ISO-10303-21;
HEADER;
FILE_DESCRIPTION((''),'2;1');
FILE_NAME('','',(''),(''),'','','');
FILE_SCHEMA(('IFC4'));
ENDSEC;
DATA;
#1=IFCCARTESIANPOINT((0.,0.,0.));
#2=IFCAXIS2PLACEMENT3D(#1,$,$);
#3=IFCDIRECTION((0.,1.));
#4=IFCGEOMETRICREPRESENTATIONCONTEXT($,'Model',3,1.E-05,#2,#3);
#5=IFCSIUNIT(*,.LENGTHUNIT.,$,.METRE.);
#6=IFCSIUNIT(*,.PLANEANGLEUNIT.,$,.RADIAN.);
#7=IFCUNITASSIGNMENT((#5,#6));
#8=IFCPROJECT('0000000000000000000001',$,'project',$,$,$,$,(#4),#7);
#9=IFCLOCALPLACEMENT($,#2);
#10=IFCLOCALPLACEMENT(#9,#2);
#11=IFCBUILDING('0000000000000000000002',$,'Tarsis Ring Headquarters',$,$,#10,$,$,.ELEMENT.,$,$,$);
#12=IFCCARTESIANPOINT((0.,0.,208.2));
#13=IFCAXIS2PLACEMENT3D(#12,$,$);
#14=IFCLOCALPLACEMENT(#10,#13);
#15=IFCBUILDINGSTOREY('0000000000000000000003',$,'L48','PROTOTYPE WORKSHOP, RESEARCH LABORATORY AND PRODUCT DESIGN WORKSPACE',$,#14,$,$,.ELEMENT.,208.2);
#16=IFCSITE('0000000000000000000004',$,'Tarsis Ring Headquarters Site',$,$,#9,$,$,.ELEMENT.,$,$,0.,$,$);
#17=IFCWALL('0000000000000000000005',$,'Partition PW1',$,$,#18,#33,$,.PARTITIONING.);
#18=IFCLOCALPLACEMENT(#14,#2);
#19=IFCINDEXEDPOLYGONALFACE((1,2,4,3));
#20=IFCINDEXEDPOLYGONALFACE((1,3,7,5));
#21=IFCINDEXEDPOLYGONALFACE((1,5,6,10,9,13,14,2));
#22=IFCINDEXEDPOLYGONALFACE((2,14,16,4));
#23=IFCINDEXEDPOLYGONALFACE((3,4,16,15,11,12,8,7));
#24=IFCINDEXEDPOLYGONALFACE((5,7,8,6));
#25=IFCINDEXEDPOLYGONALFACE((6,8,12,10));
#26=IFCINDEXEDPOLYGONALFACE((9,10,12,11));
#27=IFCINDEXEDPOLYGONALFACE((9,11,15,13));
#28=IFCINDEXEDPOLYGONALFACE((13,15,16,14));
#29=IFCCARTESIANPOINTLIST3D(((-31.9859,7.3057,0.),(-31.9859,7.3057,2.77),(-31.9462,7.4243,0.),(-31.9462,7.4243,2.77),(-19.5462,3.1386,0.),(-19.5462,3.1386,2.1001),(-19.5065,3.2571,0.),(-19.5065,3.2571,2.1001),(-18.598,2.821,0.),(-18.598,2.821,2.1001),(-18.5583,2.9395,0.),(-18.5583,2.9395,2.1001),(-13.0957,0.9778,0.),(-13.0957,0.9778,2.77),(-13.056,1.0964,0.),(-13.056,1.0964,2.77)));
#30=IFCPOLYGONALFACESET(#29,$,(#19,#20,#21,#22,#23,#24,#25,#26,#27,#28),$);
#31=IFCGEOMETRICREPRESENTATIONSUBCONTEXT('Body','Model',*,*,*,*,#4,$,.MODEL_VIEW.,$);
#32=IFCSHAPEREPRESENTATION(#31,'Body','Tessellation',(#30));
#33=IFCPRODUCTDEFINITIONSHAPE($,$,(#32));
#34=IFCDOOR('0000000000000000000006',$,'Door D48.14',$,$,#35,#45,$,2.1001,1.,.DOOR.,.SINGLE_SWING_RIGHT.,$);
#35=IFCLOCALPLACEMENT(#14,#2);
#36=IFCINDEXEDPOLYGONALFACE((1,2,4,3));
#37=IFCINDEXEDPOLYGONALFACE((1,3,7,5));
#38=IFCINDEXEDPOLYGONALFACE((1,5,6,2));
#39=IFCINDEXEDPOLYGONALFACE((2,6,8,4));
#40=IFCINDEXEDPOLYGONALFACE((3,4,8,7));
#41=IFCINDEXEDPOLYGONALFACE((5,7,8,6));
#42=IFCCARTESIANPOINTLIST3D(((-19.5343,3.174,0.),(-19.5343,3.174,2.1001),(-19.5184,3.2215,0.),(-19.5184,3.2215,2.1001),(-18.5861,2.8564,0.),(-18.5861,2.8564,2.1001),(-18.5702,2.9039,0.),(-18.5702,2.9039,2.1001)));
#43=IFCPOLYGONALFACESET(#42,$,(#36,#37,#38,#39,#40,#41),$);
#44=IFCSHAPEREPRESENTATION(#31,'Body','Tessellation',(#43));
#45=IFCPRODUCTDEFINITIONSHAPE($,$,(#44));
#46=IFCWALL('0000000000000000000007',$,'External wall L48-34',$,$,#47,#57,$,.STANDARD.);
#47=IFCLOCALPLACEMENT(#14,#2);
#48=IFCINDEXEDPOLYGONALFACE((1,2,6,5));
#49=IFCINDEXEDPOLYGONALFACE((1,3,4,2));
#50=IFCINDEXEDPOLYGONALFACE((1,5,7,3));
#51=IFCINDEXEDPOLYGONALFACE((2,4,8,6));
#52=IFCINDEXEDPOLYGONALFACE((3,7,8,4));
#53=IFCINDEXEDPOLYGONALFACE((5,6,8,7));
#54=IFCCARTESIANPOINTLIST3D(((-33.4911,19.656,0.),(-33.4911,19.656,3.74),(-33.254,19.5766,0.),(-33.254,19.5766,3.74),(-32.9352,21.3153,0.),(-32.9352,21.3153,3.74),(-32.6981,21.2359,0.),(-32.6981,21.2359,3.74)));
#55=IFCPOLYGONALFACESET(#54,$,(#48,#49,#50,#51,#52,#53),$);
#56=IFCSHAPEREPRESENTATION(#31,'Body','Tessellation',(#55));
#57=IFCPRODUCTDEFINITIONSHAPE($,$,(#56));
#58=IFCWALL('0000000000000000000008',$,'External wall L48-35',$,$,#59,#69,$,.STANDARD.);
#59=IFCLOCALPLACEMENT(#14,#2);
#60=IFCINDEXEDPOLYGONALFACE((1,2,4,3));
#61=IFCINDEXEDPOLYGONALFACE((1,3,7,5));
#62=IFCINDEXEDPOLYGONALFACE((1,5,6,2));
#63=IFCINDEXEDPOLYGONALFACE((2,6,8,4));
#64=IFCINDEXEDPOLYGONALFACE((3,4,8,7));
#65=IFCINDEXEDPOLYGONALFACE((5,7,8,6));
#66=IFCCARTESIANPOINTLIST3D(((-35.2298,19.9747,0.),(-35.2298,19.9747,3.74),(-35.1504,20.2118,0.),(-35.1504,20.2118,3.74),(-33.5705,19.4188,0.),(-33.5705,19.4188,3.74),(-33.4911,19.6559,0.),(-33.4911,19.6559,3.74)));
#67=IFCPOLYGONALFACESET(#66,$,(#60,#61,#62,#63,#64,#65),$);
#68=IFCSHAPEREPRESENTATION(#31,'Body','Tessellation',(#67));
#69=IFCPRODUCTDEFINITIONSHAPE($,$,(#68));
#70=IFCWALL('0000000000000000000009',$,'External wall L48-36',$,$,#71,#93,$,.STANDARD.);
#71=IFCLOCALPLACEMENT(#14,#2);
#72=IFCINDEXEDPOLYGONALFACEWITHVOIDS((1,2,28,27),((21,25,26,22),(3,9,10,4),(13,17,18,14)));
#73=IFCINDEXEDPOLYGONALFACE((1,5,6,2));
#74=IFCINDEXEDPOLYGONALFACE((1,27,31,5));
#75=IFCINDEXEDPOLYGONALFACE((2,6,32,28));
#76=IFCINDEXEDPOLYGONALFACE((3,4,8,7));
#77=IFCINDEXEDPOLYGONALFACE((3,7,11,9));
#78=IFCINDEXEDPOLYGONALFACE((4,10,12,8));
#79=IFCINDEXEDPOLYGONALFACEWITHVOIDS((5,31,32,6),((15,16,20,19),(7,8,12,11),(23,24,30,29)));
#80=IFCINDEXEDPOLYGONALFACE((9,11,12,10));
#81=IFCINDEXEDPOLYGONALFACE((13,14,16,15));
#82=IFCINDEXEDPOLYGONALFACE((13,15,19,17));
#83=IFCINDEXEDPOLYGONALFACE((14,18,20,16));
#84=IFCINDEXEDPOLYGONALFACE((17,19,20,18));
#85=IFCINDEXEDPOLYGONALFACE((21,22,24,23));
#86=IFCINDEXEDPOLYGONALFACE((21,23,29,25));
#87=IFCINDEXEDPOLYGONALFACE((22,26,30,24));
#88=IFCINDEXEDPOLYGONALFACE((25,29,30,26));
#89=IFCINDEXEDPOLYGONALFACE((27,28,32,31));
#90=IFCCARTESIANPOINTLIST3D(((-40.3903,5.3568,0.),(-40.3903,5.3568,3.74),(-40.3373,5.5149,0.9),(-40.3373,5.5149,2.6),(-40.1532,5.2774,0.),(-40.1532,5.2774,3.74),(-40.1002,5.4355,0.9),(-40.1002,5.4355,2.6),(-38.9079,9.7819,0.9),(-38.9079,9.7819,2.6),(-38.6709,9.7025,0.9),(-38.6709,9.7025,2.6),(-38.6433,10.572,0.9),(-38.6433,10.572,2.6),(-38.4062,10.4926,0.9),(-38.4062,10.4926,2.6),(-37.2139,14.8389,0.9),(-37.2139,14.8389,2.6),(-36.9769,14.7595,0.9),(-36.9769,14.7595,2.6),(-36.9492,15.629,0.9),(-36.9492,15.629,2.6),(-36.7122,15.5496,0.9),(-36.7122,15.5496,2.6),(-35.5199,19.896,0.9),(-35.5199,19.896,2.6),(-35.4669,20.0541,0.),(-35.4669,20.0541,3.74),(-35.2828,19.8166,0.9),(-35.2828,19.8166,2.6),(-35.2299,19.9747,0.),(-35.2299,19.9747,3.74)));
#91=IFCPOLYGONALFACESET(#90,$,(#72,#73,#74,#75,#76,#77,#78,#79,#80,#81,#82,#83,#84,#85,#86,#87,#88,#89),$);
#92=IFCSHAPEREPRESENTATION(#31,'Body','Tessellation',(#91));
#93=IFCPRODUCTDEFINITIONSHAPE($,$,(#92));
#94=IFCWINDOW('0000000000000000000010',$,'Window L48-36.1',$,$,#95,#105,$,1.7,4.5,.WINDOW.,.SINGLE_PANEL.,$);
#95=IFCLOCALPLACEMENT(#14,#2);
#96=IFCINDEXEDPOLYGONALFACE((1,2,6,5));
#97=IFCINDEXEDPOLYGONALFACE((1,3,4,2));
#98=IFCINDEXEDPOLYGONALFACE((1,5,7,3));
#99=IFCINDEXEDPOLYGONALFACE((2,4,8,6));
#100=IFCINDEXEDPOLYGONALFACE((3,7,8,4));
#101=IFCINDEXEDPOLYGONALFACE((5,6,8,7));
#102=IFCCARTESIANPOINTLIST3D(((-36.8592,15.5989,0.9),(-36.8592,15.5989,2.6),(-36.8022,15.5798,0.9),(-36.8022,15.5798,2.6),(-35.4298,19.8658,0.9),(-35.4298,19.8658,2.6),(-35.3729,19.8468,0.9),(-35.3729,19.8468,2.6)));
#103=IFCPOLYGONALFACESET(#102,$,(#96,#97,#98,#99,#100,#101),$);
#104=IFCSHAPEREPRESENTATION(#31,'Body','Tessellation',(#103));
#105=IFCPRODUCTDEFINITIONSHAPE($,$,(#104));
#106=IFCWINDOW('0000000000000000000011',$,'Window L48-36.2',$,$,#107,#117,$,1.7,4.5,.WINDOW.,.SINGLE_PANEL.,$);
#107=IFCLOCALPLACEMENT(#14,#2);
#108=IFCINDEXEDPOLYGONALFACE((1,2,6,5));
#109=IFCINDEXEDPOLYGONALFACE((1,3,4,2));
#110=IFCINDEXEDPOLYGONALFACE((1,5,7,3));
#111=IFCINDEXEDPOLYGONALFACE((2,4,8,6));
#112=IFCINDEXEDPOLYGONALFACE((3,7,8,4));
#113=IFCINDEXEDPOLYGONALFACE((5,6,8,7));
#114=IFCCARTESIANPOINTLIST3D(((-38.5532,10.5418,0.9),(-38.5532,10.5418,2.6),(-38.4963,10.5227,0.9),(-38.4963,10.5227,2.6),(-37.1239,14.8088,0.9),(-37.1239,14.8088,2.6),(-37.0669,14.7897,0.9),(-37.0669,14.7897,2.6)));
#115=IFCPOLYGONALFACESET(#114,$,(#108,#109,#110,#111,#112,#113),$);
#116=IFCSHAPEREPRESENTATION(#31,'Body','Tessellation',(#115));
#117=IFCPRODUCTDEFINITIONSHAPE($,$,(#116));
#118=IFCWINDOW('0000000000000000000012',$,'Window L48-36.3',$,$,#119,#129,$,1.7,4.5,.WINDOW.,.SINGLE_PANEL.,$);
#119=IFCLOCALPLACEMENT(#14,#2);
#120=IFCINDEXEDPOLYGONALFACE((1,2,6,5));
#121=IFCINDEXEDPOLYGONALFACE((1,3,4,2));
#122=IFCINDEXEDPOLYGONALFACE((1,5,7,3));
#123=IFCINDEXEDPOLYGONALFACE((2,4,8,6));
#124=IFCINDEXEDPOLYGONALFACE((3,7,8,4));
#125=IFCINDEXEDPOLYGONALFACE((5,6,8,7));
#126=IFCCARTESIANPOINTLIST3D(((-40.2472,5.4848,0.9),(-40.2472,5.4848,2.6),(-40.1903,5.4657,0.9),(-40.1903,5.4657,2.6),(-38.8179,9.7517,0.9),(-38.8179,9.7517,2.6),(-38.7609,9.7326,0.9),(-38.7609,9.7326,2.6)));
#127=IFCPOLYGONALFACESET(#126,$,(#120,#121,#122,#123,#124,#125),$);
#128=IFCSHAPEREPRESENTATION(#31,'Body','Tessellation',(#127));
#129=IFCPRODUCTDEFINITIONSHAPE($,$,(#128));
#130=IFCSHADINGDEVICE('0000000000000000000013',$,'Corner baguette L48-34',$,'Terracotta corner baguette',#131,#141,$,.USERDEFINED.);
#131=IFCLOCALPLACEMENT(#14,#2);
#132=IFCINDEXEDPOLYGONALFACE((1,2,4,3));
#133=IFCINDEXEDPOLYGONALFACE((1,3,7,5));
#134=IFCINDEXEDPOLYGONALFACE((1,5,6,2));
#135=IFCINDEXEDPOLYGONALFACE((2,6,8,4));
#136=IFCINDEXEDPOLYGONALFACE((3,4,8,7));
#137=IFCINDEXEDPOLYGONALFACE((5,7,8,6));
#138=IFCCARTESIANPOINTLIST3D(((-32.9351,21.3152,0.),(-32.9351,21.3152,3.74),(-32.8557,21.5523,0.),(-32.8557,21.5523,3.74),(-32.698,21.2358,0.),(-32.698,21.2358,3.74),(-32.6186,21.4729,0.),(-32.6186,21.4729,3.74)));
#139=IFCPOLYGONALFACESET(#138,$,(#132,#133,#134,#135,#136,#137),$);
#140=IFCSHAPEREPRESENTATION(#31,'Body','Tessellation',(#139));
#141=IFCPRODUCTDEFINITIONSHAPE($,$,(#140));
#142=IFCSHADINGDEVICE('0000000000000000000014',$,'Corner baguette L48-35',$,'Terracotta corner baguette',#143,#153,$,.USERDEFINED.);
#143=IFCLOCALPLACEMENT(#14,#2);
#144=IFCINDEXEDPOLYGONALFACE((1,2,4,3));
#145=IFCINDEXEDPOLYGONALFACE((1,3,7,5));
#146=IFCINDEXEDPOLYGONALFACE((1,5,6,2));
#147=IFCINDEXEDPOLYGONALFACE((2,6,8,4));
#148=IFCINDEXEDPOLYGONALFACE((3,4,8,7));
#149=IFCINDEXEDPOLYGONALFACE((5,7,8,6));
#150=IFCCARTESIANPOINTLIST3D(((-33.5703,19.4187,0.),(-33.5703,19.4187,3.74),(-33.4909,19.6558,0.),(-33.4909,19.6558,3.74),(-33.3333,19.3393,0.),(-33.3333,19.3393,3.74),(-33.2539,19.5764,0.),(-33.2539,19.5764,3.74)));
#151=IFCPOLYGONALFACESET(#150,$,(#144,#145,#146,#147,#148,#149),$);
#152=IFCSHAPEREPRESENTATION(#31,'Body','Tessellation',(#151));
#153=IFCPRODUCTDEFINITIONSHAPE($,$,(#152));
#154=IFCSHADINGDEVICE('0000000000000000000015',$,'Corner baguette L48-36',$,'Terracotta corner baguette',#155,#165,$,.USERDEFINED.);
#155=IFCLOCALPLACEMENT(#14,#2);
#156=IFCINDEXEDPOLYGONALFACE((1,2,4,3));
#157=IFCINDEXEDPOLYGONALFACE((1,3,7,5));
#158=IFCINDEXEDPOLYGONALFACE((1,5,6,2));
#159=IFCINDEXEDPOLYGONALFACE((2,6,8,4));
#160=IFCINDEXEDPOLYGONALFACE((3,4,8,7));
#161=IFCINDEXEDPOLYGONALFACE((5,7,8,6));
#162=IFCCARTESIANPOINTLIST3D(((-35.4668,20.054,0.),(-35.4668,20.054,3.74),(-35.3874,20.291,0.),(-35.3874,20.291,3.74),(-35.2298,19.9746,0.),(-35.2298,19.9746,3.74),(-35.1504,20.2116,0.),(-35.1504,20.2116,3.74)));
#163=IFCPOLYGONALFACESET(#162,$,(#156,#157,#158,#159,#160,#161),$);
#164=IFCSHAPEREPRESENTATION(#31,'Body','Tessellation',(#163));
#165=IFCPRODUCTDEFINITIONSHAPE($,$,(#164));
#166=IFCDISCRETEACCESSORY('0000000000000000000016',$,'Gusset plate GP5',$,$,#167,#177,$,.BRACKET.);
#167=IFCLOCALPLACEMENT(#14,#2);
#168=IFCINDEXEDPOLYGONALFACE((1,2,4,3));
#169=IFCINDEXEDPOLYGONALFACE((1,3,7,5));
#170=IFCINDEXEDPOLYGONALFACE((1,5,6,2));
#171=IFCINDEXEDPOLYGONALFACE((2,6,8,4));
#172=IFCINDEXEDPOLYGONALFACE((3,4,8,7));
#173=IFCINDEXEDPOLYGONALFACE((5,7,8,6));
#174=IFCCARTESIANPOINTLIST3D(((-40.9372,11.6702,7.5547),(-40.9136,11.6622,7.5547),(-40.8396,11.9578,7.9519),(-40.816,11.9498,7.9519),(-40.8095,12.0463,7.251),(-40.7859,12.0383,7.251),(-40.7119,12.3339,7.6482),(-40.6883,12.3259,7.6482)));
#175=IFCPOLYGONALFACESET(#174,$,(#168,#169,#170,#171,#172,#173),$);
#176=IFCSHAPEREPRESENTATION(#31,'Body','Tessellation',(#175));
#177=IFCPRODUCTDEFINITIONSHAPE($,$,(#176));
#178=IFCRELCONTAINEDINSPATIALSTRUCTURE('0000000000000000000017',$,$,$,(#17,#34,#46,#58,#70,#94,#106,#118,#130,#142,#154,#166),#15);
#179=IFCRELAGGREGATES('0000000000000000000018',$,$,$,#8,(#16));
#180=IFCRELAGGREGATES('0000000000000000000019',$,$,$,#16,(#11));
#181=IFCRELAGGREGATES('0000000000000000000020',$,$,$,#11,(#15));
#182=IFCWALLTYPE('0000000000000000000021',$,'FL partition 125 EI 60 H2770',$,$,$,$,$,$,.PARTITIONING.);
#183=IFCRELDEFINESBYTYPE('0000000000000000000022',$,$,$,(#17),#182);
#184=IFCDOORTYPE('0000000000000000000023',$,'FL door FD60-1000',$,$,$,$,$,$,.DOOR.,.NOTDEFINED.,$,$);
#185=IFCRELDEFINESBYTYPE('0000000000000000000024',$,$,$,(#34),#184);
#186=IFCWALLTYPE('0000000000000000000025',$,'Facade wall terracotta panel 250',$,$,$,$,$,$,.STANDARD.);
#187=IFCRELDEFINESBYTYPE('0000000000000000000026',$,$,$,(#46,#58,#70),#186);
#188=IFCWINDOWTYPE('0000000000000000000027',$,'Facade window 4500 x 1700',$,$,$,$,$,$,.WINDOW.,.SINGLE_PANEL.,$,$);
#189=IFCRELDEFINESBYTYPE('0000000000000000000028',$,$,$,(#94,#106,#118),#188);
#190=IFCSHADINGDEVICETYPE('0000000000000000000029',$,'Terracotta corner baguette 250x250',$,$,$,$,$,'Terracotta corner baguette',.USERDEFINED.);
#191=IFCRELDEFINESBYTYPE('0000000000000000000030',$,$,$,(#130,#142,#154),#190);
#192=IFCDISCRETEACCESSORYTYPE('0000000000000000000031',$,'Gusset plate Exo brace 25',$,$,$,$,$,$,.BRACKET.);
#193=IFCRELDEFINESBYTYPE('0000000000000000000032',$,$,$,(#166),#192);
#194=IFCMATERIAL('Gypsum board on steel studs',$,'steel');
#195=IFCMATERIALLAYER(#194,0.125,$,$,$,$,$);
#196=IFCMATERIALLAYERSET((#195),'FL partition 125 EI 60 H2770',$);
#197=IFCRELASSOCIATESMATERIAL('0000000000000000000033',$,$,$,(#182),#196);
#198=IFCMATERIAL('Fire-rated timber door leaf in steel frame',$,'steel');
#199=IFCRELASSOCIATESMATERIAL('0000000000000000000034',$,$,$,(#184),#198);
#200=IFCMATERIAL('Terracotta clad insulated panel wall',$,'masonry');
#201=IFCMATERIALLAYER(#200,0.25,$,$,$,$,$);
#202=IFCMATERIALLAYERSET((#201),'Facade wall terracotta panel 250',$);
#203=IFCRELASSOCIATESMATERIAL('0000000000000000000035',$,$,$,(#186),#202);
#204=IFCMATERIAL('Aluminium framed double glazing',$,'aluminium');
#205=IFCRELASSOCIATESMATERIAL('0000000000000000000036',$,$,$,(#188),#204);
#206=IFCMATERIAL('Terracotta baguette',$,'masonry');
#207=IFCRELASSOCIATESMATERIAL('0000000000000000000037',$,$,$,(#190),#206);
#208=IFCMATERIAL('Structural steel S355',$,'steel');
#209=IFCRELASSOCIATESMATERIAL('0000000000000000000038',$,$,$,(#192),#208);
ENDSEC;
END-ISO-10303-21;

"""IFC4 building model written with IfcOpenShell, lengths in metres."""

from ifc_helpers import new_model, si_unit, direction, frame, frame_2d, origin, origin_2d, place, context, subcontext, project, spatial, rectangle, extrude, material, layer, layer_set, material_profile, profile_set, type_object, element, fill, save


model = new_model("IFC4")

# Units and contexts
model_context = context("Model", 3, precision=1e-05, world=origin(), true_north=direction((0.0, 1.0)))
body_context = subcontext(model_context, "Body", "Model", "MODEL_VIEW")
ifc_project = project(units=[si_unit("LENGTHUNIT", "METRE"), si_unit("PLANEANGLEUNIT", "RADIAN")], contexts=[model_context])

# Site, building, storey
site_placement = place(None, origin())
site = spatial("IfcSite", under=ifc_project, at=site_placement, Name="Tarsis Ring Headquarters Site", CompositionType="ELEMENT", RefElevation=0.0)
building_placement = place(site_placement, origin())
building = spatial("IfcBuilding", under=site, at=building_placement, Name="Tarsis Ring Headquarters", CompositionType="ELEMENT")
storey_placement = place(building_placement, frame((0.0, 0.0, 208.2)))
storey = spatial("IfcBuildingStorey", under=building, at=storey_placement, Name="L48", Description="PROTOTYPE WORKSHOP, RESEARCH LABORATORY AND PRODUCT DESIGN WORKSPACE", CompositionType="ELEMENT", Elevation=208.2)

# Shared definitions
ifc_material_1 = material(Name="Structural steel S355", Category="steel")

# Shared definitions
ifc_material_2 = material(Name="Gypsum board on steel studs", Category="steel")

# Wall, opening, door
ifc_layer_1 = layer(ifc_material_2, 0.125)
ifc_layer_set_1 = layer_set([ifc_layer_1], Name="FL partition 125 EI 60 H2770")
wall_type_1 = type_object("IfcWallType", Name="FL partition 125 EI 60 H2770", PredefinedType="PARTITIONING", material=ifc_layer_set_1)
wall_1_placement = place(storey_placement, frame((-31.9661, 7.365, 0.0), z_axis=(0.0, 0.0, 1.0), x_axis=(0.948213, -0.317636, 0.0)))
wall_1 = element("IfcWall", 1, at=wall_1_placement, inside=storey, type_object=wall_type_1, Name="Partition PW1", PredefinedType="PARTITIONING", context=body_context, shape_type="SweptSolid", body=[
    extrude(rectangle(XDim=19.9219, YDim=0.125, at=frame_2d((9.9609, 0.0))), origin(), (0.0, 0.0, 1.0), 2.77),
])
opening_1_placement = place(wall_1_placement, frame((13.1191, 0.0, 0.0)))
opening_1 = element("IfcOpeningElement", 2, at=opening_1_placement, cuts=wall_1, PredefinedType="OPENING", context=body_context, shape_type="SweptSolid", body=[
    extrude(rectangle(XDim=1.0, YDim=2.1001, at=frame_2d((0.5, 1.05))), frame((0.0, 0.0725, 0.0), z_axis=(0.0, -1.0, 0.0), x_axis=(1.0, 0.0, 0.0)), (0.0, 0.0, 1.0), 0.145),
])
ifc_material_3 = material(Name="Fire-rated timber door leaf in steel frame", Category="steel")
door_type = type_object("IfcDoorType", Name="FL door FD60-1000", OperationType="NOTDEFINED", PredefinedType="DOOR", material=ifc_material_3)
door_placement = place(opening_1_placement, origin())
door = element("IfcDoor", 3, at=door_placement, inside=storey, type_object=door_type, Name="Door D48.14", OperationType="SINGLE_SWING_RIGHT", OverallHeight=2.1001, OverallWidth=1.0, PredefinedType="DOOR", context=body_context, shape_type="SweptSolid", body=[
    extrude(rectangle(XDim=1.0, YDim=2.1001, at=frame_2d((0.5, 1.05))), frame((0.0, 0.0249, 0.0), z_axis=(0.0, -1.0, 0.0), x_axis=(1.0, 0.0, 0.0)), (0.0, 0.0, 1.0), 0.05),
])
fill(opening_1, door)

# Walls
ifc_material_4 = material(Name="Terracotta clad insulated panel wall", Category="masonry")
ifc_layer_2 = layer(ifc_material_4, 0.25)
ifc_layer_set_2 = layer_set([ifc_layer_2], Name="Facade wall terracotta panel 250")
wall_type_2 = type_object("IfcWallType", Name="Facade wall terracotta panel 250", PredefinedType="STANDARD", material=ifc_layer_set_2)
for number, where, z_axis, x_axis, name in (
    (4, (-32.8167, 21.2756, 0.0), (0.0, 0.0, 1.0), (-0.31765, -0.948208, 0.0), "External wall L48-34"),
    (5, (-33.5308, 19.5374, 0.0), (0.0, 0.0, 1.0), (-0.948208, 0.31765, 0.0), "External wall L48-35"),
):
    element("IfcWall", number, at=place(storey_placement, frame(where, z_axis=z_axis, x_axis=x_axis)), inside=storey, type_object=wall_type_2, Name=name, PredefinedType="STANDARD", context=body_context, shape_type="SweptSolid", body=[
        extrude(rectangle(XDim=1.75, YDim=0.25, at=frame_2d((0.875, 0.0))), origin(), (0.0, 0.0, 1.0), 3.74),
    ])

# Wall, openings, windows
wall_2_placement = place(storey_placement, frame((-35.3484, 20.0144, 0.0), z_axis=(0.0, 0.0, 1.0), x_axis=(-0.317636, -0.948213, 0.0)))
wall_2 = element("IfcWall", 6, at=wall_2_placement, inside=storey, type_object=wall_type_2, Name="External wall L48-36", PredefinedType="STANDARD", context=body_context, shape_type="SweptSolid", body=[
    extrude(rectangle(XDim=15.5, YDim=0.25, at=frame_2d((7.75, 0.0))), origin(), (0.0, 0.0, 1.0), 3.74),
])
opening_2_placement = place(wall_2_placement, frame((0.1667, 0.0, 0.8999)))
opening_2 = element("IfcOpeningElement", 7, at=opening_2_placement, cuts=wall_2, PredefinedType="OPENING", context=body_context, shape_type="SweptSolid", body=[
    extrude(rectangle(XDim=4.5, YDim=1.7, at=frame_2d((2.25, 0.8501))), frame((0.0, 0.135, 0.0), z_axis=(0.0, -1.0, 0.0), x_axis=(1.0, 0.0, 0.0)), (0.0, 0.0, 1.0), 0.27),
])
opening_3_placement = place(wall_2_placement, frame((5.5, 0.0, 0.8999)))
opening_3 = element("IfcOpeningElement", 8, at=opening_3_placement, cuts=wall_2, PredefinedType="OPENING", context=body_context, shape_type="SweptSolid", body=[
    extrude(rectangle(XDim=4.5, YDim=1.7, at=frame_2d((2.25, 0.8501))), frame((0.0, 0.135, 0.0), z_axis=(0.0, -1.0, 0.0), x_axis=(1.0, 0.0, 0.0)), (0.0, 0.0, 1.0), 0.27),
])
opening_4_placement = place(wall_2_placement, frame((10.8333, 0.0, 0.8999)))
opening_4 = element("IfcOpeningElement", 9, at=opening_4_placement, cuts=wall_2, PredefinedType="OPENING", context=body_context, shape_type="SweptSolid", body=[
    extrude(rectangle(XDim=4.5, YDim=1.7, at=frame_2d((2.25, 0.8501))), frame((0.0, 0.135, 0.0), z_axis=(0.0, -1.0, 0.0), x_axis=(1.0, 0.0, 0.0)), (0.0, 0.0, 1.0), 0.27),
])
ifc_material_5 = material(Name="Aluminium framed double glazing", Category="aluminium")
window_type = type_object("IfcWindowType", Name="Facade window 4500 x 1700", PartitioningType="SINGLE_PANEL", PredefinedType="WINDOW", material=ifc_material_5)
window_1_placement = place(opening_2_placement, origin())
window_1 = element("IfcWindow", 10, at=window_1_placement, inside=storey, type_object=window_type, Name="Window L48-36.1", OverallHeight=1.7, OverallWidth=4.5, PartitioningType="SINGLE_PANEL", PredefinedType="WINDOW", context=body_context, shape_type="SweptSolid", body=[
    extrude(rectangle(XDim=4.5, YDim=1.7, at=frame_2d((2.25, 0.8501))), frame((0.0, 0.03, 0.0), z_axis=(0.0, -1.0, 0.0), x_axis=(1.0, 0.0, 0.0)), (0.0, 0.0, 1.0), 0.0601),
])
fill(opening_2, window_1)
window_2_placement = place(opening_3_placement, origin())
window_2 = element("IfcWindow", 11, at=window_2_placement, inside=storey, type_object=window_type, Name="Window L48-36.2", OverallHeight=1.7, OverallWidth=4.5, PartitioningType="SINGLE_PANEL", PredefinedType="WINDOW", context=body_context, shape_type="SweptSolid", body=[
    extrude(rectangle(XDim=4.5, YDim=1.7, at=frame_2d((2.25, 0.8501))), frame((0.0, 0.03, 0.0), z_axis=(0.0, -1.0, 0.0), x_axis=(1.0, 0.0, 0.0)), (0.0, 0.0, 1.0), 0.0601),
])
fill(opening_3, window_2)
window_3_placement = place(opening_4_placement, origin())
window_3 = element("IfcWindow", 12, at=window_3_placement, inside=storey, type_object=window_type, Name="Window L48-36.3", OverallHeight=1.7, OverallWidth=4.5, PartitioningType="SINGLE_PANEL", PredefinedType="WINDOW", context=body_context, shape_type="SweptSolid", body=[
    extrude(rectangle(XDim=4.5, YDim=1.7, at=frame_2d((2.25, 0.8501))), frame((0.0, 0.03, 0.0), z_axis=(0.0, -1.0, 0.0), x_axis=(1.0, 0.0, 0.0)), (0.0, 0.0, 1.0), 0.0601),
])
fill(opening_4, window_3)

# Shading devices
ifc_material_6 = material(Name="Terracotta baguette", Category="masonry")
shading_device_type_1 = type_object("IfcShadingDeviceType", Name="Terracotta corner baguette 250x250", ElementType="Terracotta corner baguette", PredefinedType="USERDEFINED", material=ifc_material_6)
for number, where, z_axis, x_axis, name in (
    (13, (-32.7769, 21.394, 0.0), (0.0, 0.0, 1.0), (-0.948213, 0.317636, 0.0), "Corner baguette L48-34"),
    (14, (-33.4121, 19.4976, 0.0), (0.0, 0.0, 1.0), (-0.317636, -0.948213, 0.0), "Corner baguette L48-35"),
    (15, (-35.3086, 20.1328, 0.0), (0.0, 0.0, 1.0), (-0.948213, 0.317635, 0.0), "Corner baguette L48-36"),
):
    element("IfcShadingDevice", number, at=place(storey_placement, frame(where, z_axis=z_axis, x_axis=x_axis)), inside=storey, type_object=shading_device_type_1, Name=name, ObjectType="Terracotta corner baguette", PredefinedType="USERDEFINED", context=body_context, shape_type="SweptSolid", body=[
        extrude(rectangle(XDim=0.25, YDim=0.25, at=origin_2d()), origin(), (0.0, 0.0, 1.0), 3.74),
    ])

# Discrete accessory
ifc_material_profile_1 = material_profile(ifc_material_1, rectangle(XDim=0.0249, YDim=0.5, at=origin_2d()), Name="PL 25x500")
ifc_profile_set_1 = profile_set([ifc_material_profile_1], Name="Structural steel S355")
discrete_accessory_type = type_object("IfcDiscreteAccessoryType", Name="Gusset plate Exo brace 25", PredefinedType="BRACKET", material=ifc_profile_set_1)
discrete_accessory_placement = place(storey_placement, frame((-40.7639, 12.1418, 7.8), z_axis=(-0.195301, -0.57516, -0.794385), x_axis=(0.9469, -0.321528, 0.0)))
element("IfcDiscreteAccessory", 16, at=discrete_accessory_placement, inside=storey, type_object=discrete_accessory_type, Name="Gusset plate GP5", PredefinedType="BRACKET", context=body_context, shape_type="SweptSolid", body=[
    extrude(rectangle(XDim=0.0249, YDim=0.5, at=origin_2d()), origin(), (0.0, 0.0, 1.0), 0.5),
])

save(model, "model.ifc")
